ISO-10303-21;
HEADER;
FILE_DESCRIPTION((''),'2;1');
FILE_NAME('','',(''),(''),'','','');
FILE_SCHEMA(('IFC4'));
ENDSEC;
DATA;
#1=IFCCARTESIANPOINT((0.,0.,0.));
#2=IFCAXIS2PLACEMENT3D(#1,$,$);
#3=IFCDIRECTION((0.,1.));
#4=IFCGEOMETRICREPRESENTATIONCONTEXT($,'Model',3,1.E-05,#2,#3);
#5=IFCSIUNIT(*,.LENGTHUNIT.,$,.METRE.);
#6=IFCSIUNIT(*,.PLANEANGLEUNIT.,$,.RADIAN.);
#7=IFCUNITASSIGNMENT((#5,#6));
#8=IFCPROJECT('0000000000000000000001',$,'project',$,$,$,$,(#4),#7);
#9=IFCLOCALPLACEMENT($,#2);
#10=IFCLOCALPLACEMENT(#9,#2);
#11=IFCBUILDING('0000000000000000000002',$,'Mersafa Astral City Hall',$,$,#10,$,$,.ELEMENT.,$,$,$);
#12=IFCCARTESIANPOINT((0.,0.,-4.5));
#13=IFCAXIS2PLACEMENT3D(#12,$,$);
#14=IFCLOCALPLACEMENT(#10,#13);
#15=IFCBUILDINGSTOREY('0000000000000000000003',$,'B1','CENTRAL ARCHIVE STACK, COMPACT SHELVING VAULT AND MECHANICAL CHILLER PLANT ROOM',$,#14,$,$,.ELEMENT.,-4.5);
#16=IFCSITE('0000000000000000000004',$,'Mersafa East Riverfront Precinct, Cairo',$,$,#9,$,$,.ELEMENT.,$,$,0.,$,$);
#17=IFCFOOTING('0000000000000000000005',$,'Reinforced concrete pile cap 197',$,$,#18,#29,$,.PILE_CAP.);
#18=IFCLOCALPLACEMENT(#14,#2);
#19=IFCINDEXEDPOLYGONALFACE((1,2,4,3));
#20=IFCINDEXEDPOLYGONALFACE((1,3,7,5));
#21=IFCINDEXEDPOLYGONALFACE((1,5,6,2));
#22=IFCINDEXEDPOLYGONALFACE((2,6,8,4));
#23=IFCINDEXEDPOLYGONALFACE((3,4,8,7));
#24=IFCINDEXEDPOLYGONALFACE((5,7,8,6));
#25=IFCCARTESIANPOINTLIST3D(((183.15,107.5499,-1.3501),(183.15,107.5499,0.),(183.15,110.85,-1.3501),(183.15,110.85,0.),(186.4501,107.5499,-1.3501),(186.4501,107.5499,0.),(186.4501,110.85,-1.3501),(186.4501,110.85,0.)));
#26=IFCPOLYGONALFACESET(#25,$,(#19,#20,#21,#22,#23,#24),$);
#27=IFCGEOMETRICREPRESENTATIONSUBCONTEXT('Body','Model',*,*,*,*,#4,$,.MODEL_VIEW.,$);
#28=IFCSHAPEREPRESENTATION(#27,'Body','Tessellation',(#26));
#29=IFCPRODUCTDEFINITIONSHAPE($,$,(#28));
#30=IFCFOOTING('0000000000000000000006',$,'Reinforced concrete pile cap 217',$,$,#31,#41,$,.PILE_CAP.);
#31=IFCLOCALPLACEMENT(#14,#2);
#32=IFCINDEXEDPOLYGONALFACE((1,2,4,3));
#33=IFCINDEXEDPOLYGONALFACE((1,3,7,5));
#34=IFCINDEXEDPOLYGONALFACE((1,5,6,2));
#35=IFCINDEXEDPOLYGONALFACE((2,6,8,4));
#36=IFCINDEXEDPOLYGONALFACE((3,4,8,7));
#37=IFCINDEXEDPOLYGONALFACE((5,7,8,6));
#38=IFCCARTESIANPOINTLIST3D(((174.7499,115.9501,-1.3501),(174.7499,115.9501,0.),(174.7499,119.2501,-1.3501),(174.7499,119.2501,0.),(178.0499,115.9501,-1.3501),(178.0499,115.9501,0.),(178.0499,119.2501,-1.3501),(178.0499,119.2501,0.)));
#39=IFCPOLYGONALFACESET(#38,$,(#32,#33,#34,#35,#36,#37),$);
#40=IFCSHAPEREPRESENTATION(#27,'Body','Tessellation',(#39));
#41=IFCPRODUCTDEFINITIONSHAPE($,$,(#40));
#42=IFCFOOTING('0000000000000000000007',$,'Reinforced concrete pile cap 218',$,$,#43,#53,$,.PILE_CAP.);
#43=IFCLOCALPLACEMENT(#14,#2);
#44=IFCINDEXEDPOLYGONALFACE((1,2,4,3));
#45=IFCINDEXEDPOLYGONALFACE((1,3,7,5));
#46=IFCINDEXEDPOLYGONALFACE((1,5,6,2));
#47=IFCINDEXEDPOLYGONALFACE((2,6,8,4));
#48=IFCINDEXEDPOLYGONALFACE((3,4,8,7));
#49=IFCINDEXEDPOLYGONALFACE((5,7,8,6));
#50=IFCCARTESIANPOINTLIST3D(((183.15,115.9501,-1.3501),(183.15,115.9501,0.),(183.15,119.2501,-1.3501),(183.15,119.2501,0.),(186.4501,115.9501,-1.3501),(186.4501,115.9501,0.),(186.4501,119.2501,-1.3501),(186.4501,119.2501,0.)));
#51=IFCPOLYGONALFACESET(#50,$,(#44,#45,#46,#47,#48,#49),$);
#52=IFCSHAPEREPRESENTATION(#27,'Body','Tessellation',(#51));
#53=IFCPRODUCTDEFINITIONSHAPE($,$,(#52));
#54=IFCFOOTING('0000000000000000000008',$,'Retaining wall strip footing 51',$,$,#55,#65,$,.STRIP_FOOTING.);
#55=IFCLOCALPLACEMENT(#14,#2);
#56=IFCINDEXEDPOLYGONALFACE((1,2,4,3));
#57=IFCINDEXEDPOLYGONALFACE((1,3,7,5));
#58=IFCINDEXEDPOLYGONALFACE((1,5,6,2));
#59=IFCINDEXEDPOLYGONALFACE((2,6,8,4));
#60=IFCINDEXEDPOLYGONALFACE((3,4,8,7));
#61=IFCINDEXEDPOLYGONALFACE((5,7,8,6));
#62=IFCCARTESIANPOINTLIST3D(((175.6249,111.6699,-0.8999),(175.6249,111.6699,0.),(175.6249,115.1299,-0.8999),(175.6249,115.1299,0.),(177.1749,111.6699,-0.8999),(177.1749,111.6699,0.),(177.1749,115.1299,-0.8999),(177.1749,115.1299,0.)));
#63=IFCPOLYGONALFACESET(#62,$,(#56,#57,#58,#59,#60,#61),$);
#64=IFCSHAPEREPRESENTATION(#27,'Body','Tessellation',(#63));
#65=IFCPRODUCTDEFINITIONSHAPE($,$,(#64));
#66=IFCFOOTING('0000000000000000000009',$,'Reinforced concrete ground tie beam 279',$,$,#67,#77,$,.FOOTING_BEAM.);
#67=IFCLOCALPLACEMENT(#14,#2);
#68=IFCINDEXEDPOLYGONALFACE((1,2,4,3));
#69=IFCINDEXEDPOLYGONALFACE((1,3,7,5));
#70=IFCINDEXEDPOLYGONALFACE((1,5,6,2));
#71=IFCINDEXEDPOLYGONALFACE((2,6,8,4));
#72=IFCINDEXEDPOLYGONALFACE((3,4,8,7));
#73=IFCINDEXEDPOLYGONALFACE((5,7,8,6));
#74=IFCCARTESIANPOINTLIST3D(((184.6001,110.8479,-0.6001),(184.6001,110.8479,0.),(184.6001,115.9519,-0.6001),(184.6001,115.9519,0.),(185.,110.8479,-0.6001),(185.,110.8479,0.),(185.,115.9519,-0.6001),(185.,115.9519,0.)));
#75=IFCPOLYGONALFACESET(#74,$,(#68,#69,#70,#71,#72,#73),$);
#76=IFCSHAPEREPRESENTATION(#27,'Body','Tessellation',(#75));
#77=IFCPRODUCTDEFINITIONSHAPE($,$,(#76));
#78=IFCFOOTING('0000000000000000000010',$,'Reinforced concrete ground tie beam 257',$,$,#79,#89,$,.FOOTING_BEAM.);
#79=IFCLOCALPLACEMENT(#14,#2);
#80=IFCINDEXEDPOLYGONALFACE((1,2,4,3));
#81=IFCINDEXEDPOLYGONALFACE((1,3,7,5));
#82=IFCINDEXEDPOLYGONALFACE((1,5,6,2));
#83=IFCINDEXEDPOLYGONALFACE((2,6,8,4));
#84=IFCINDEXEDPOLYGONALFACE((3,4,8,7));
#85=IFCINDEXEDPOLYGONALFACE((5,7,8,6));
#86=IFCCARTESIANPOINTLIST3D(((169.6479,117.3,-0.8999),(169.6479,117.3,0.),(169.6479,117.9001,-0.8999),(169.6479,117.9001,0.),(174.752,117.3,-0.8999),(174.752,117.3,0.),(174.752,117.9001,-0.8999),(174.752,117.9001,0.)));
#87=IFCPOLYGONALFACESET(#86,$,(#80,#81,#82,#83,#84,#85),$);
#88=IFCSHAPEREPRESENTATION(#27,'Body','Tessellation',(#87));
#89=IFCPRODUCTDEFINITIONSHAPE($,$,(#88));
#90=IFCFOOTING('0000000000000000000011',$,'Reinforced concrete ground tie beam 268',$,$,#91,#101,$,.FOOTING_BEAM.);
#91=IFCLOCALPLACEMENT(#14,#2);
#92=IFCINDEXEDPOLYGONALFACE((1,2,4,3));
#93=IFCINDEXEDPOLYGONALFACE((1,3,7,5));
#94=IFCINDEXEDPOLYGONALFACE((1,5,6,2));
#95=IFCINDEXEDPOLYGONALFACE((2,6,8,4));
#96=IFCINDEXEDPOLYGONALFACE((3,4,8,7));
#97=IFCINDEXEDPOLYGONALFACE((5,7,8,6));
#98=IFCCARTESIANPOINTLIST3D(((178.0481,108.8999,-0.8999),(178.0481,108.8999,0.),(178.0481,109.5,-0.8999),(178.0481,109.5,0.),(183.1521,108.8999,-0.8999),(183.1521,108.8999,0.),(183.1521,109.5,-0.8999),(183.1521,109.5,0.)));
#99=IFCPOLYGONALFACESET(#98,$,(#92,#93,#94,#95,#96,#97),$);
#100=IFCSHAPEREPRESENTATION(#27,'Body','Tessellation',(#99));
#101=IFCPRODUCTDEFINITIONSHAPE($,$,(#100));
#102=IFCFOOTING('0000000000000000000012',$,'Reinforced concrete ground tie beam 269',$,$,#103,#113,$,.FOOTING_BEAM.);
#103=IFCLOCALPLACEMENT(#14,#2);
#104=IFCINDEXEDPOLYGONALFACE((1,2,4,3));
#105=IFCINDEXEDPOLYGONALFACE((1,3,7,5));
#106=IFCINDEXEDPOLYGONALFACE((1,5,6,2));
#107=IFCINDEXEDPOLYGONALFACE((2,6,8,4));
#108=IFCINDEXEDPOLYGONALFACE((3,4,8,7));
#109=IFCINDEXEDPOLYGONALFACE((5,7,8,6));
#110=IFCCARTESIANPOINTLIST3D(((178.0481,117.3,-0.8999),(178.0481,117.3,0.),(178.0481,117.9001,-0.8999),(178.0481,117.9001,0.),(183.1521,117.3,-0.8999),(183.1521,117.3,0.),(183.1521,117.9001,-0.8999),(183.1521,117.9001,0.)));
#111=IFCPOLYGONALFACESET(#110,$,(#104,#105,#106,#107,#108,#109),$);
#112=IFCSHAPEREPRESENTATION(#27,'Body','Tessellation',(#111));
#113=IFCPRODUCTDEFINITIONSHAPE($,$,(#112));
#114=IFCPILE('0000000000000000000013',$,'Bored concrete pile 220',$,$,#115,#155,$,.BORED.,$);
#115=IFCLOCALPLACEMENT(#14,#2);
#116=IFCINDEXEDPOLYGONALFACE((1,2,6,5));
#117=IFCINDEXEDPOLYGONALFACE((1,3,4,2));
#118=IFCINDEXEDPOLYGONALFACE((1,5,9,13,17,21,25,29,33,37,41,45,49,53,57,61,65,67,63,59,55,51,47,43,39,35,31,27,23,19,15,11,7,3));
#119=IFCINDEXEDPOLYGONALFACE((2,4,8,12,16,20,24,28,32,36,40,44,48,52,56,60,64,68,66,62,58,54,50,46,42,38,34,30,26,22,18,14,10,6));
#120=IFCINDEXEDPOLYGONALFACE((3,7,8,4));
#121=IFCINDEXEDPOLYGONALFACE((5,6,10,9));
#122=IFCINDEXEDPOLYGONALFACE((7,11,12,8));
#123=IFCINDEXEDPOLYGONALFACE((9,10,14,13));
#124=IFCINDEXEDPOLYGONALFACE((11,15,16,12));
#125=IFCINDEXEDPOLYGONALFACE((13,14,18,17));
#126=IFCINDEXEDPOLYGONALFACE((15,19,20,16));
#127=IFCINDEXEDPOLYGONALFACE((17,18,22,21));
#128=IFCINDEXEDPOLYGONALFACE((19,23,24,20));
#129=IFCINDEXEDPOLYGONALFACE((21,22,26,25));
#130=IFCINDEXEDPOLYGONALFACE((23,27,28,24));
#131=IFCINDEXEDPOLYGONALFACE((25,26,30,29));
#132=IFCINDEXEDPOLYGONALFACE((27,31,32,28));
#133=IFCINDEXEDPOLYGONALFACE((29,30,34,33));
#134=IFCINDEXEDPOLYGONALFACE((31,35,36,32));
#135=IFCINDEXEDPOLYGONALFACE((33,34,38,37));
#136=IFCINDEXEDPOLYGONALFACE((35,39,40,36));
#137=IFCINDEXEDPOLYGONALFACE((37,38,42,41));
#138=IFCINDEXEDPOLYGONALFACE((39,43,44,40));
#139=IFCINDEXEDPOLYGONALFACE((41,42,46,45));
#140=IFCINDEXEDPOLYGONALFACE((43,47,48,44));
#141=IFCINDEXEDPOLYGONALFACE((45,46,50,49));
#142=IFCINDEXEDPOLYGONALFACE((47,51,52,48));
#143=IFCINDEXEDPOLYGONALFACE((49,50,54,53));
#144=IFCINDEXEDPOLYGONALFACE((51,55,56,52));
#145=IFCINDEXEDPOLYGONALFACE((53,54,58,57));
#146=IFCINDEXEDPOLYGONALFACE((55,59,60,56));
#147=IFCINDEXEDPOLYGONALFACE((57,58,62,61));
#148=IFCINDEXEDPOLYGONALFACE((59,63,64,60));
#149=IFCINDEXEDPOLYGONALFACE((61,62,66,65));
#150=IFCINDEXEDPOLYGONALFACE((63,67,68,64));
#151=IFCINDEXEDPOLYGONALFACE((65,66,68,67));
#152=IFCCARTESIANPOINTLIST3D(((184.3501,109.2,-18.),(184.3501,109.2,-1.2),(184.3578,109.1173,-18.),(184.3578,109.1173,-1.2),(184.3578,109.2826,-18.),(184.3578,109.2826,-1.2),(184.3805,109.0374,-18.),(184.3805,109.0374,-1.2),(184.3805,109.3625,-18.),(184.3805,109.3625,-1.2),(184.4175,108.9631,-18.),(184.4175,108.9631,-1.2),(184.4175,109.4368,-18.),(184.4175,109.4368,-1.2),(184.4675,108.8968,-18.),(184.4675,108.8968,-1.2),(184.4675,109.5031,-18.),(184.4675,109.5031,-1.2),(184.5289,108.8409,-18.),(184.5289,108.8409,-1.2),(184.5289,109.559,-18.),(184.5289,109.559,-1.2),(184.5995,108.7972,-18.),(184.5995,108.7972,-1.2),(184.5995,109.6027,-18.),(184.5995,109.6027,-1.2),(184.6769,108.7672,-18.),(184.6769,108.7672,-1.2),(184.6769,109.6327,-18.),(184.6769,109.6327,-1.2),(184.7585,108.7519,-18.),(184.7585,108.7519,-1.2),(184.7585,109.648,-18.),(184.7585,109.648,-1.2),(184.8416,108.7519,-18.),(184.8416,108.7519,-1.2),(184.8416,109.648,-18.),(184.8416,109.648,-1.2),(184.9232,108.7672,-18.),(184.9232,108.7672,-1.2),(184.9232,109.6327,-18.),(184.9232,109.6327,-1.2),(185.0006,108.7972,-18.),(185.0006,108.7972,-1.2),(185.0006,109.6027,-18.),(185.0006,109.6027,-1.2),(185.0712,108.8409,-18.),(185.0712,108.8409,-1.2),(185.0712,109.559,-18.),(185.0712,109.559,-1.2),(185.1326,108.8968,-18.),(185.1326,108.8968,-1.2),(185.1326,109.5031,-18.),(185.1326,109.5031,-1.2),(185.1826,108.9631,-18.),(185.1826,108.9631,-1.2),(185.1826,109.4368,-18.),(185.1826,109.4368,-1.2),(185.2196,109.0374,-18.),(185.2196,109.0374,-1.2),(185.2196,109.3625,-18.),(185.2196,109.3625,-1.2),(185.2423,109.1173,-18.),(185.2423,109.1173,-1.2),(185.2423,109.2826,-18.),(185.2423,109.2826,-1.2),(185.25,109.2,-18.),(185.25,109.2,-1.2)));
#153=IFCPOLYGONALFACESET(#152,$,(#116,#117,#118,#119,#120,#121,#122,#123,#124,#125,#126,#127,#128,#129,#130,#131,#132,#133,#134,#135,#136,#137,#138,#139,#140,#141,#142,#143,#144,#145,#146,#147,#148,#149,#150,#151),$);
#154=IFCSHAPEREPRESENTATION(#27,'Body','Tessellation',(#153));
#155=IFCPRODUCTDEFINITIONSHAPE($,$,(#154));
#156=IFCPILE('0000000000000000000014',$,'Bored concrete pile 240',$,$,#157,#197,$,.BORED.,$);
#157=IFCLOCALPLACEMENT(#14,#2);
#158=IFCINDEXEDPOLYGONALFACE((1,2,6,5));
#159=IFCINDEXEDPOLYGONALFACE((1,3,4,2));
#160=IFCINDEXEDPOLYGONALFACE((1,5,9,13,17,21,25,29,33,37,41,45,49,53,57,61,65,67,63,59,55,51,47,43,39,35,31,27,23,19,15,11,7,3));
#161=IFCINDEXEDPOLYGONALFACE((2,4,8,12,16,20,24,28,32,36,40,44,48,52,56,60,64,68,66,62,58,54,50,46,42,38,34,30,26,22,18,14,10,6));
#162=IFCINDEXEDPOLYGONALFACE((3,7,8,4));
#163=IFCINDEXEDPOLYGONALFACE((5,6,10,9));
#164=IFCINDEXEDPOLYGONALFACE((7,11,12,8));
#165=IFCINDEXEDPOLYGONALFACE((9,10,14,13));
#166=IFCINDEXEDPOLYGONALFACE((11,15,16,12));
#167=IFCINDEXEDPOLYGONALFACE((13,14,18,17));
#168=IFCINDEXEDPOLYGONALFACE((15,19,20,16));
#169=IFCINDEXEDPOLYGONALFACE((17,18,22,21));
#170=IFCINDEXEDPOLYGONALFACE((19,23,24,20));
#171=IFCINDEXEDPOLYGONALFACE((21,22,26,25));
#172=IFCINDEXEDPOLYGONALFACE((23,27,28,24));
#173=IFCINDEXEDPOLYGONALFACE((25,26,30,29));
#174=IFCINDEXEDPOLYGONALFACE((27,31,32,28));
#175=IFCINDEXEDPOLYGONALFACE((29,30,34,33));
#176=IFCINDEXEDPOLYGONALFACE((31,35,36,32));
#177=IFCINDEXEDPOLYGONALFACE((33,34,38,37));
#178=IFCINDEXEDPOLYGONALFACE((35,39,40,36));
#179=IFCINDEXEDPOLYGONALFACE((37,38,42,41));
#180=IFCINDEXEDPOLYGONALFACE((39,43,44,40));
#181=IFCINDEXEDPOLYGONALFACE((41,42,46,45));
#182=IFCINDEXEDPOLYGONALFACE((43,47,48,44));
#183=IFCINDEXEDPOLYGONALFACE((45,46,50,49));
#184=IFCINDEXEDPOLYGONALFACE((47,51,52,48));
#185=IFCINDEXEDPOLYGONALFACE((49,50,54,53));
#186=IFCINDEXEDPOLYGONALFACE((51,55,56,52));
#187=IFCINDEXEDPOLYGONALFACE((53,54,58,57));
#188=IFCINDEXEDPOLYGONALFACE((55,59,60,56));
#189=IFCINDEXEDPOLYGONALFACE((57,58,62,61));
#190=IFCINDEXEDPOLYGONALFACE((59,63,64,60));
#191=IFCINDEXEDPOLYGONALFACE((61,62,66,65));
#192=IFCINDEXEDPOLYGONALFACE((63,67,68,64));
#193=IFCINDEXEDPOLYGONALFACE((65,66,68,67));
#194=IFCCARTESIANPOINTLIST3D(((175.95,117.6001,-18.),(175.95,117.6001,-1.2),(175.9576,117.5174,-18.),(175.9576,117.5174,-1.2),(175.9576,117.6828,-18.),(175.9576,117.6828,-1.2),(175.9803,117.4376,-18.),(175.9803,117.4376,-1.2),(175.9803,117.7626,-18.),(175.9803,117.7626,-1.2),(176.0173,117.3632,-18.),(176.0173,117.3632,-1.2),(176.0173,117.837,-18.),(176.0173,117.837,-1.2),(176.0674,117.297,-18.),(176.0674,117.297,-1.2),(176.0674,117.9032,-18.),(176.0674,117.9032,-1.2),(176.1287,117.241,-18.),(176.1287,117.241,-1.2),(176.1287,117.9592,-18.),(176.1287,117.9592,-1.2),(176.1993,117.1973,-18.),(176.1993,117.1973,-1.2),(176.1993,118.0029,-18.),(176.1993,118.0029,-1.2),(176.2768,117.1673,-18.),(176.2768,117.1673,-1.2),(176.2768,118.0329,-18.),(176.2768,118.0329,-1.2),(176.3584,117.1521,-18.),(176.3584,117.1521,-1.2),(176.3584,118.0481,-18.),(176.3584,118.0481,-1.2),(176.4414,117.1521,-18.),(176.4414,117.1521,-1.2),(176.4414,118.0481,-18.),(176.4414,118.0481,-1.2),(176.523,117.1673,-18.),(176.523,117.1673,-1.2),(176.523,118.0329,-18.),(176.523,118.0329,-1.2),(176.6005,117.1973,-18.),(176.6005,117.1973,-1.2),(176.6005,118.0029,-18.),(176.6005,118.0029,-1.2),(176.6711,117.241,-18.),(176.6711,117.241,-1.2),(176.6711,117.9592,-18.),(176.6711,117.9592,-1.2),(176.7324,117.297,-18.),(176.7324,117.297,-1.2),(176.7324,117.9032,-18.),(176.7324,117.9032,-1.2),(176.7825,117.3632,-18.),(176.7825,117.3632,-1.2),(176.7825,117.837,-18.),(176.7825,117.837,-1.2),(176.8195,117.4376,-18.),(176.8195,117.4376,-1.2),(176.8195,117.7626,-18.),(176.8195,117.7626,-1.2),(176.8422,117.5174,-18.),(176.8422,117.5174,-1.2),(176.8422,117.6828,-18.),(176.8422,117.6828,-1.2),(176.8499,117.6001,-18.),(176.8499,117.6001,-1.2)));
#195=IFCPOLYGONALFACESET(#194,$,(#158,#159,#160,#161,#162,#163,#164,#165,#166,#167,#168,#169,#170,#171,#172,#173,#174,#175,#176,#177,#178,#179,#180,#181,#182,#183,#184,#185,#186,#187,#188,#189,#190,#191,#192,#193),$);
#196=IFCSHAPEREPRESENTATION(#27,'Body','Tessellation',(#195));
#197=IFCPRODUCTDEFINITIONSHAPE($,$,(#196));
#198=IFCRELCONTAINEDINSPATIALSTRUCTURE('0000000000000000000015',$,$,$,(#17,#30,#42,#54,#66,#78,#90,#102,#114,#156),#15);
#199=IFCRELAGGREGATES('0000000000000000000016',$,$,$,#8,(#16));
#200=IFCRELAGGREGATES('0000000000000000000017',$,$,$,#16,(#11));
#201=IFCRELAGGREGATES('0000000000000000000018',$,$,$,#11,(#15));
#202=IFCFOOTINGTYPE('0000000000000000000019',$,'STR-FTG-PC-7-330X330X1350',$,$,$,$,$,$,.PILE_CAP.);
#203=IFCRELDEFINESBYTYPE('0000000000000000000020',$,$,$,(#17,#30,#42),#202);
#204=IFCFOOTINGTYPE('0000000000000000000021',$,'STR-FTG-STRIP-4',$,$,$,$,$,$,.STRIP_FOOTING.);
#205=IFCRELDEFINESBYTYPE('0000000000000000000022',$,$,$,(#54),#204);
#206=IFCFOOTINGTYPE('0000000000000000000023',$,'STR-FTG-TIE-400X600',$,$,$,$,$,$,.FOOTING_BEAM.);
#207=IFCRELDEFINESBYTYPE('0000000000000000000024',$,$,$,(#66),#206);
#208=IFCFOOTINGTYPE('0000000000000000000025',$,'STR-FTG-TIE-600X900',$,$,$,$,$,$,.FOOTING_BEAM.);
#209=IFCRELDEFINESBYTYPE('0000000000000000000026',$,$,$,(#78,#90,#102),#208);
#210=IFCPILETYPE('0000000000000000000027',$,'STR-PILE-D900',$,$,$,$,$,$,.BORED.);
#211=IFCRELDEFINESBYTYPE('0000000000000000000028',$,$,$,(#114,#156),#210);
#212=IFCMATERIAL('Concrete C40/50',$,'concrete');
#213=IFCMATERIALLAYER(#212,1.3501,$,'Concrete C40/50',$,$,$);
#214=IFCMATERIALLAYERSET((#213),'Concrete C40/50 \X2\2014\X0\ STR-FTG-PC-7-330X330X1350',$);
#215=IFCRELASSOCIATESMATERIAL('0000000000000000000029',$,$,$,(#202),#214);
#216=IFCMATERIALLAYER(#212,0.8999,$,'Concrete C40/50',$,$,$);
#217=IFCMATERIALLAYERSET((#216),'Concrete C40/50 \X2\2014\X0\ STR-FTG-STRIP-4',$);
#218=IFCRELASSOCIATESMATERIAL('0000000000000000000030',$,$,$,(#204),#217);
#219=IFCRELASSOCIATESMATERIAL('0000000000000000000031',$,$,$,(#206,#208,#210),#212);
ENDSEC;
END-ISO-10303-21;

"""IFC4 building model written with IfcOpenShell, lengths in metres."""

from ifc_helpers import new_model, si_unit, direction, frame, origin, origin_2d, place, context, subcontext, project, spatial, rectangle, circle, extrude, material, layer, layer_set, material_profile, profile_set, type_object, element, save


model = new_model("IFC4")

# Units and contexts
model_context = context("Model", 3, precision=1e-05, world=origin(), true_north=direction((0.0, 1.0)))
body_context = subcontext(model_context, "Body", "Model", "MODEL_VIEW")
ifc_project = project(units=[si_unit("LENGTHUNIT", "METRE"), si_unit("PLANEANGLEUNIT", "RADIAN")], contexts=[model_context])

# Site, building, storey
site_placement = place(None, origin())
site = spatial("IfcSite", under=ifc_project, at=site_placement, Name="Mersafa East Riverfront Precinct, Cairo", CompositionType="ELEMENT", RefElevation=0.0)
building_placement = place(site_placement, origin())
building = spatial("IfcBuilding", under=site, at=building_placement, Name="Mersafa Astral City Hall", CompositionType="ELEMENT")
storey_placement = place(building_placement, frame((0.0, 0.0, -4.5)))
storey = spatial("IfcBuildingStorey", under=building, at=storey_placement, Name="B1", Description="CENTRAL ARCHIVE STACK, COMPACT SHELVING VAULT AND MECHANICAL CHILLER PLANT ROOM", CompositionType="ELEMENT", Elevation=-4.5)

# Footings
ifc_material_1 = material(Name="Concrete C40/50", Category="concrete")
ifc_layer_1 = layer(ifc_material_1, 1.3501, Name="Concrete C40/50")
ifc_layer_set_1 = layer_set([ifc_layer_1], Name="Concrete C40/50 — STR-FTG-PC-7-330X330X1350")
footing_type_1 = type_object("IfcFootingType", Name="STR-FTG-PC-7-330X330X1350", PredefinedType="PILE_CAP", material=ifc_layer_set_1)
for number, where, z_axis, x_axis, name in (
    (1, (184.8, 109.2, -1.3501), (0.0, 0.0, 1.0), (1.0, 0.0, 0.0), "Reinforced concrete pile cap 197"),
    (2, (176.3999, 117.6001, -1.3501), (0.0, 0.0, 1.0), (1.0, 0.0, 0.0), "Reinforced concrete pile cap 217"),
    (3, (184.8, 117.6001, -1.3501), (0.0, 0.0, 1.0), (1.0, 0.0, 0.0), "Reinforced concrete pile cap 218"),
):
    element("IfcFooting", number, at=place(storey_placement, frame(where, z_axis=z_axis, x_axis=x_axis)), inside=storey, type_object=footing_type_1, Name=name, PredefinedType="PILE_CAP", context=body_context, shape_type="SweptSolid", body=[
        extrude(rectangle(XDim=3.3, YDim=3.3, at=origin_2d()), origin(), (0.0, 0.0, 1.0), 1.3501),
    ])
ifc_layer_2 = layer(ifc_material_1, 0.8999, Name="Concrete C40/50")
ifc_layer_set_2 = layer_set([ifc_layer_2], Name="Concrete C40/50 — STR-FTG-STRIP-4")
footing_type_2 = type_object("IfcFootingType", Name="STR-FTG-STRIP-4", PredefinedType="STRIP_FOOTING", material=ifc_layer_set_2)
footing_1_placement = place(storey_placement, frame((176.3999, 113.3999, -0.8999), z_axis=(0.0, 0.0, 1.0), x_axis=(0.0, -1.0, 0.0)))
element("IfcFooting", 4, at=footing_1_placement, inside=storey, type_object=footing_type_2, Name="Retaining wall strip footing 51", PredefinedType="STRIP_FOOTING", context=body_context, shape_type="SweptSolid", body=[
    extrude(rectangle(XDim=3.46, YDim=1.55, at=origin_2d()), origin(), (0.0, 0.0, 1.0), 0.8999),
])
ifc_material_profile_1 = material_profile(ifc_material_1, rectangle(XDim=0.3999, YDim=0.6001, at=origin_2d()), Name="RC 400x600")
ifc_profile_set_1 = profile_set([ifc_material_profile_1], Name="Concrete C40/50")
footing_type_3 = type_object("IfcFootingType", Name="STR-FTG-TIE-400X600", PredefinedType="FOOTING_BEAM", material=ifc_profile_set_1)
footing_2_placement = place(storey_placement, frame((184.8, 110.8479, -0.3), z_axis=(0.0, 1.0, 0.0), x_axis=(-1.0, 0.0, 0.0)))
element("IfcFooting", 5, at=footing_2_placement, inside=storey, type_object=footing_type_3, Name="Reinforced concrete ground tie beam 279", PredefinedType="FOOTING_BEAM", context=body_context, shape_type="SweptSolid", body=[
    extrude(rectangle(XDim=0.3999, YDim=0.6001, at=origin_2d()), origin(), (0.0, 0.0, 1.0), 5.104),
])
ifc_material_profile_2 = material_profile(ifc_material_1, rectangle(XDim=0.6001, YDim=0.8999, at=origin_2d()), Name="RC 600x900")
ifc_profile_set_2 = profile_set([ifc_material_profile_2], Name="Concrete C40/50")
footing_type_4 = type_object("IfcFootingType", Name="STR-FTG-TIE-600X900", PredefinedType="FOOTING_BEAM", material=ifc_profile_set_2)
for number, where, z_axis, x_axis, name in (
    (6, (169.6479, 117.6001, -0.45), (1.0, 0.0, 0.0), (0.0, 1.0, 0.0), "Reinforced concrete ground tie beam 257"),
    (7, (178.0481, 109.2, -0.45), (1.0, 0.0, 0.0), (0.0, 1.0, 0.0), "Reinforced concrete ground tie beam 268"),
    (8, (178.0481, 117.6001, -0.45), (1.0, 0.0, 0.0), (0.0, 1.0, 0.0), "Reinforced concrete ground tie beam 269"),
):
    element("IfcFooting", number, at=place(storey_placement, frame(where, z_axis=z_axis, x_axis=x_axis)), inside=storey, type_object=footing_type_4, Name=name, PredefinedType="FOOTING_BEAM", context=body_context, shape_type="SweptSolid", body=[
        extrude(rectangle(XDim=0.6001, YDim=0.8999, at=origin_2d()), origin(), (0.0, 0.0, 1.0), 5.104),
    ])

# Piles
ifc_material_profile_3 = material_profile(ifc_material_1, circle(Radius=0.45, at=origin_2d()), Name="PILE D900")
ifc_profile_set_3 = profile_set([ifc_material_profile_3], Name="Concrete C40/50")
pile_type = type_object("IfcPileType", Name="STR-PILE-D900", PredefinedType="BORED", material=ifc_profile_set_3)
for number, where, z_axis, x_axis, name in (
    (9, (184.8, 109.2, -1.2), (0.0, 0.0, -1.0), (1.0, 0.0, 0.0), "Bored concrete pile 220"),
    (10, (176.3999, 117.6001, -1.2), (0.0, 0.0, -1.0), (1.0, 0.0, 0.0), "Bored concrete pile 240"),
):
    element("IfcPile", number, at=place(storey_placement, frame(where, z_axis=z_axis, x_axis=x_axis)), inside=storey, type_object=pile_type, Name=name, PredefinedType="BORED", context=body_context, shape_type="SweptSolid", body=[
        extrude(circle(Radius=0.45, at=origin_2d()), origin(), (0.0, 0.0, 1.0), 16.8),
    ])

save(model, "model.ifc")
